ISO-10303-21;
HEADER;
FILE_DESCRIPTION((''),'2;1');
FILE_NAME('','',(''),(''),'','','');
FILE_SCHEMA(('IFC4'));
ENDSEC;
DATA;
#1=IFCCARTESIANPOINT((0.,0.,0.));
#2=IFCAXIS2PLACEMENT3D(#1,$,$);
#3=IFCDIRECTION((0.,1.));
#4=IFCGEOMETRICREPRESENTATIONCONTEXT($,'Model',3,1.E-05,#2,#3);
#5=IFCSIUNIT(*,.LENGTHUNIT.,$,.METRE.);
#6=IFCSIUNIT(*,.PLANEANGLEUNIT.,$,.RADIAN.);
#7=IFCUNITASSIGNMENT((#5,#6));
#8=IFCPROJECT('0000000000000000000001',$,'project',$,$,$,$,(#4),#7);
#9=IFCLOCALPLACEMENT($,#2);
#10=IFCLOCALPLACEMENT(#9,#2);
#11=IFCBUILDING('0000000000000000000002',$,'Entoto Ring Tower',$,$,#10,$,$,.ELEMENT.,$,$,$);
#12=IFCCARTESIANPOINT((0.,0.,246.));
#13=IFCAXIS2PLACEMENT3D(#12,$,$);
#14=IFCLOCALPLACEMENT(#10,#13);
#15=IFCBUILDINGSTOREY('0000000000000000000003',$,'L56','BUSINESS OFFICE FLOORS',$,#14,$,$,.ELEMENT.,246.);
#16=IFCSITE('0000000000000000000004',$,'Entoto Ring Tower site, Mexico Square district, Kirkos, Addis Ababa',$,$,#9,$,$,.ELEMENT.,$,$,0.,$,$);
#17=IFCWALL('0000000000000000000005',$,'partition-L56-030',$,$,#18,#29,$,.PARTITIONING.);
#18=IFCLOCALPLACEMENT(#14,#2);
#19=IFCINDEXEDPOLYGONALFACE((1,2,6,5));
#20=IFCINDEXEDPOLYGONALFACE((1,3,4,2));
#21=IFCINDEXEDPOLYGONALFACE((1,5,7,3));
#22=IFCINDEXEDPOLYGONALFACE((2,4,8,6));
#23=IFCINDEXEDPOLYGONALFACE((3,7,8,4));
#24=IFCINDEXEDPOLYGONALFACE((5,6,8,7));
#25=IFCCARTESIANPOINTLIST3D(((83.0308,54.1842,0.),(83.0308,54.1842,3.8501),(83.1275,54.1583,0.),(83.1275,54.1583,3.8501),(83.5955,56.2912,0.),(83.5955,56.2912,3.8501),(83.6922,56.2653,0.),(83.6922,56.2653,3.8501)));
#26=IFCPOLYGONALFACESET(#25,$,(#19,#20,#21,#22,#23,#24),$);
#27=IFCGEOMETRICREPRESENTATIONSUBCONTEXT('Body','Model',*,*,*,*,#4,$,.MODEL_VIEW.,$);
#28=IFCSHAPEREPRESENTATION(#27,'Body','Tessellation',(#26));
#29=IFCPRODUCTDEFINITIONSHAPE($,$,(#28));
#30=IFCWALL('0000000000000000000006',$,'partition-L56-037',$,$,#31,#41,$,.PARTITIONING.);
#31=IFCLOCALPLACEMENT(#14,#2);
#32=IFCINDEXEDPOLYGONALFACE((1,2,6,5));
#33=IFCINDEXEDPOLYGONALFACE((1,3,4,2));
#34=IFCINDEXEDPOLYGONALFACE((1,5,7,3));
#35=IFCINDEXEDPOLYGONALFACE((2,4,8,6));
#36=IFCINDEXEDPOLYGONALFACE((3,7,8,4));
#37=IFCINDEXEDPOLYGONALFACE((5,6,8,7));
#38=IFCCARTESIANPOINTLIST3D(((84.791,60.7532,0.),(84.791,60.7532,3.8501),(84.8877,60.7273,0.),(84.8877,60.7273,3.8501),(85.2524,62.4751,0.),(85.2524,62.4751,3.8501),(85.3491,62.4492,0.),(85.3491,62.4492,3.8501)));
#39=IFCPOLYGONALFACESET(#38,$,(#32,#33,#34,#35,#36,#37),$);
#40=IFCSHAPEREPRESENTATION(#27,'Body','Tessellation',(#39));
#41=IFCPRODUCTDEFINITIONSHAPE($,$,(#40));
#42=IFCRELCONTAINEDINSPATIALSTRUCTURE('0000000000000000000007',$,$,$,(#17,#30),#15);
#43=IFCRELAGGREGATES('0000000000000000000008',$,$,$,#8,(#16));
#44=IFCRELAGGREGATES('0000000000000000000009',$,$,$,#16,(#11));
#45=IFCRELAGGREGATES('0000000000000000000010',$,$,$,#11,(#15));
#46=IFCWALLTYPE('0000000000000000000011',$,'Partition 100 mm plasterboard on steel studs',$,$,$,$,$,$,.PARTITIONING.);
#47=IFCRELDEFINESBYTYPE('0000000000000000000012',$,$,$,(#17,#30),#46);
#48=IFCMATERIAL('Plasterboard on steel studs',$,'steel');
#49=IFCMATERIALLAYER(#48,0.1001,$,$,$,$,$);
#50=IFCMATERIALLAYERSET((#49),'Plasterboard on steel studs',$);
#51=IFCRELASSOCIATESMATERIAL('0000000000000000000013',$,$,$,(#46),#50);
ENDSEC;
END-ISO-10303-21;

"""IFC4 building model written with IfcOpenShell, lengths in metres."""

from ifc_helpers import new_model, si_unit, direction, frame, frame_2d, origin, place, context, subcontext, project, spatial, rectangle, extrude, material, layer, layer_set, type_object, element, save


model = new_model("IFC4")

# Units and contexts
model_context = context("Model", 3, precision=1e-05, world=origin(), true_north=direction((0.0, 1.0)))
body_context = subcontext(model_context, "Body", "Model", "MODEL_VIEW")
ifc_project = project(units=[si_unit("LENGTHUNIT", "METRE"), si_unit("PLANEANGLEUNIT", "RADIAN")], contexts=[model_context])

# Site, building, storey
site_placement = place(None, origin())
site = spatial("IfcSite", under=ifc_project, at=site_placement, Name="Entoto Ring Tower site, Mexico Square district, Kirkos, Addis Ababa", CompositionType="ELEMENT", RefElevation=0.0)
building_placement = place(site_placement, origin())
building = spatial("IfcBuilding", under=site, at=building_placement, Name="Entoto Ring Tower", CompositionType="ELEMENT")
storey_placement = place(building_placement, frame((0.0, 0.0, 246.0)))
storey = spatial("IfcBuildingStorey", under=building, at=storey_placement, Name="L56", Description="BUSINESS OFFICE FLOORS", CompositionType="ELEMENT", Elevation=246.0)

# Shared definitions
ifc_material_1 = material(Name="Plasterboard on steel studs", Category="steel")
ifc_layer_1 = layer(ifc_material_1, 0.1001)
ifc_layer_set_1 = layer_set([ifc_layer_1], Name="Plasterboard on steel studs")
wall_type_1 = type_object("IfcWallType", Name="Partition 100 mm plasterboard on steel studs", PredefinedType="PARTITIONING", material=ifc_layer_set_1)

# Walls
wall_1_placement = place(storey_placement, frame((83.0791, 54.1711, 0.0), z_axis=(0.0, 0.0, 1.0), x_axis=(0.258882, 0.965909, 0.0)))
element("IfcWall", 1, at=wall_1_placement, inside=storey, type_object=wall_type_1, Name="partition-L56-030", PredefinedType="PARTITIONING", context=body_context, shape_type="SweptSolid", body=[
    extrude(rectangle(XDim=2.1814, YDim=0.1001, at=frame_2d((1.0908, 0.0))), origin(), (0.0, 0.0, 1.0), 3.8501),
])
wall_2_placement = place(storey_placement, frame((84.8394, 60.7402, 0.0), z_axis=(0.0, 0.0, 1.0), x_axis=(0.258839, 0.965921, 0.0)))
element("IfcWall", 2, at=wall_2_placement, inside=storey, type_object=wall_type_1, Name="partition-L56-037", PredefinedType="PARTITIONING", context=body_context, shape_type="SweptSolid", body=[
    extrude(rectangle(XDim=1.7827, YDim=0.1001, at=frame_2d((0.8914, 0.0))), origin(), (0.0, 0.0, 1.0), 3.8501),
])

save(model, "model.ifc")
